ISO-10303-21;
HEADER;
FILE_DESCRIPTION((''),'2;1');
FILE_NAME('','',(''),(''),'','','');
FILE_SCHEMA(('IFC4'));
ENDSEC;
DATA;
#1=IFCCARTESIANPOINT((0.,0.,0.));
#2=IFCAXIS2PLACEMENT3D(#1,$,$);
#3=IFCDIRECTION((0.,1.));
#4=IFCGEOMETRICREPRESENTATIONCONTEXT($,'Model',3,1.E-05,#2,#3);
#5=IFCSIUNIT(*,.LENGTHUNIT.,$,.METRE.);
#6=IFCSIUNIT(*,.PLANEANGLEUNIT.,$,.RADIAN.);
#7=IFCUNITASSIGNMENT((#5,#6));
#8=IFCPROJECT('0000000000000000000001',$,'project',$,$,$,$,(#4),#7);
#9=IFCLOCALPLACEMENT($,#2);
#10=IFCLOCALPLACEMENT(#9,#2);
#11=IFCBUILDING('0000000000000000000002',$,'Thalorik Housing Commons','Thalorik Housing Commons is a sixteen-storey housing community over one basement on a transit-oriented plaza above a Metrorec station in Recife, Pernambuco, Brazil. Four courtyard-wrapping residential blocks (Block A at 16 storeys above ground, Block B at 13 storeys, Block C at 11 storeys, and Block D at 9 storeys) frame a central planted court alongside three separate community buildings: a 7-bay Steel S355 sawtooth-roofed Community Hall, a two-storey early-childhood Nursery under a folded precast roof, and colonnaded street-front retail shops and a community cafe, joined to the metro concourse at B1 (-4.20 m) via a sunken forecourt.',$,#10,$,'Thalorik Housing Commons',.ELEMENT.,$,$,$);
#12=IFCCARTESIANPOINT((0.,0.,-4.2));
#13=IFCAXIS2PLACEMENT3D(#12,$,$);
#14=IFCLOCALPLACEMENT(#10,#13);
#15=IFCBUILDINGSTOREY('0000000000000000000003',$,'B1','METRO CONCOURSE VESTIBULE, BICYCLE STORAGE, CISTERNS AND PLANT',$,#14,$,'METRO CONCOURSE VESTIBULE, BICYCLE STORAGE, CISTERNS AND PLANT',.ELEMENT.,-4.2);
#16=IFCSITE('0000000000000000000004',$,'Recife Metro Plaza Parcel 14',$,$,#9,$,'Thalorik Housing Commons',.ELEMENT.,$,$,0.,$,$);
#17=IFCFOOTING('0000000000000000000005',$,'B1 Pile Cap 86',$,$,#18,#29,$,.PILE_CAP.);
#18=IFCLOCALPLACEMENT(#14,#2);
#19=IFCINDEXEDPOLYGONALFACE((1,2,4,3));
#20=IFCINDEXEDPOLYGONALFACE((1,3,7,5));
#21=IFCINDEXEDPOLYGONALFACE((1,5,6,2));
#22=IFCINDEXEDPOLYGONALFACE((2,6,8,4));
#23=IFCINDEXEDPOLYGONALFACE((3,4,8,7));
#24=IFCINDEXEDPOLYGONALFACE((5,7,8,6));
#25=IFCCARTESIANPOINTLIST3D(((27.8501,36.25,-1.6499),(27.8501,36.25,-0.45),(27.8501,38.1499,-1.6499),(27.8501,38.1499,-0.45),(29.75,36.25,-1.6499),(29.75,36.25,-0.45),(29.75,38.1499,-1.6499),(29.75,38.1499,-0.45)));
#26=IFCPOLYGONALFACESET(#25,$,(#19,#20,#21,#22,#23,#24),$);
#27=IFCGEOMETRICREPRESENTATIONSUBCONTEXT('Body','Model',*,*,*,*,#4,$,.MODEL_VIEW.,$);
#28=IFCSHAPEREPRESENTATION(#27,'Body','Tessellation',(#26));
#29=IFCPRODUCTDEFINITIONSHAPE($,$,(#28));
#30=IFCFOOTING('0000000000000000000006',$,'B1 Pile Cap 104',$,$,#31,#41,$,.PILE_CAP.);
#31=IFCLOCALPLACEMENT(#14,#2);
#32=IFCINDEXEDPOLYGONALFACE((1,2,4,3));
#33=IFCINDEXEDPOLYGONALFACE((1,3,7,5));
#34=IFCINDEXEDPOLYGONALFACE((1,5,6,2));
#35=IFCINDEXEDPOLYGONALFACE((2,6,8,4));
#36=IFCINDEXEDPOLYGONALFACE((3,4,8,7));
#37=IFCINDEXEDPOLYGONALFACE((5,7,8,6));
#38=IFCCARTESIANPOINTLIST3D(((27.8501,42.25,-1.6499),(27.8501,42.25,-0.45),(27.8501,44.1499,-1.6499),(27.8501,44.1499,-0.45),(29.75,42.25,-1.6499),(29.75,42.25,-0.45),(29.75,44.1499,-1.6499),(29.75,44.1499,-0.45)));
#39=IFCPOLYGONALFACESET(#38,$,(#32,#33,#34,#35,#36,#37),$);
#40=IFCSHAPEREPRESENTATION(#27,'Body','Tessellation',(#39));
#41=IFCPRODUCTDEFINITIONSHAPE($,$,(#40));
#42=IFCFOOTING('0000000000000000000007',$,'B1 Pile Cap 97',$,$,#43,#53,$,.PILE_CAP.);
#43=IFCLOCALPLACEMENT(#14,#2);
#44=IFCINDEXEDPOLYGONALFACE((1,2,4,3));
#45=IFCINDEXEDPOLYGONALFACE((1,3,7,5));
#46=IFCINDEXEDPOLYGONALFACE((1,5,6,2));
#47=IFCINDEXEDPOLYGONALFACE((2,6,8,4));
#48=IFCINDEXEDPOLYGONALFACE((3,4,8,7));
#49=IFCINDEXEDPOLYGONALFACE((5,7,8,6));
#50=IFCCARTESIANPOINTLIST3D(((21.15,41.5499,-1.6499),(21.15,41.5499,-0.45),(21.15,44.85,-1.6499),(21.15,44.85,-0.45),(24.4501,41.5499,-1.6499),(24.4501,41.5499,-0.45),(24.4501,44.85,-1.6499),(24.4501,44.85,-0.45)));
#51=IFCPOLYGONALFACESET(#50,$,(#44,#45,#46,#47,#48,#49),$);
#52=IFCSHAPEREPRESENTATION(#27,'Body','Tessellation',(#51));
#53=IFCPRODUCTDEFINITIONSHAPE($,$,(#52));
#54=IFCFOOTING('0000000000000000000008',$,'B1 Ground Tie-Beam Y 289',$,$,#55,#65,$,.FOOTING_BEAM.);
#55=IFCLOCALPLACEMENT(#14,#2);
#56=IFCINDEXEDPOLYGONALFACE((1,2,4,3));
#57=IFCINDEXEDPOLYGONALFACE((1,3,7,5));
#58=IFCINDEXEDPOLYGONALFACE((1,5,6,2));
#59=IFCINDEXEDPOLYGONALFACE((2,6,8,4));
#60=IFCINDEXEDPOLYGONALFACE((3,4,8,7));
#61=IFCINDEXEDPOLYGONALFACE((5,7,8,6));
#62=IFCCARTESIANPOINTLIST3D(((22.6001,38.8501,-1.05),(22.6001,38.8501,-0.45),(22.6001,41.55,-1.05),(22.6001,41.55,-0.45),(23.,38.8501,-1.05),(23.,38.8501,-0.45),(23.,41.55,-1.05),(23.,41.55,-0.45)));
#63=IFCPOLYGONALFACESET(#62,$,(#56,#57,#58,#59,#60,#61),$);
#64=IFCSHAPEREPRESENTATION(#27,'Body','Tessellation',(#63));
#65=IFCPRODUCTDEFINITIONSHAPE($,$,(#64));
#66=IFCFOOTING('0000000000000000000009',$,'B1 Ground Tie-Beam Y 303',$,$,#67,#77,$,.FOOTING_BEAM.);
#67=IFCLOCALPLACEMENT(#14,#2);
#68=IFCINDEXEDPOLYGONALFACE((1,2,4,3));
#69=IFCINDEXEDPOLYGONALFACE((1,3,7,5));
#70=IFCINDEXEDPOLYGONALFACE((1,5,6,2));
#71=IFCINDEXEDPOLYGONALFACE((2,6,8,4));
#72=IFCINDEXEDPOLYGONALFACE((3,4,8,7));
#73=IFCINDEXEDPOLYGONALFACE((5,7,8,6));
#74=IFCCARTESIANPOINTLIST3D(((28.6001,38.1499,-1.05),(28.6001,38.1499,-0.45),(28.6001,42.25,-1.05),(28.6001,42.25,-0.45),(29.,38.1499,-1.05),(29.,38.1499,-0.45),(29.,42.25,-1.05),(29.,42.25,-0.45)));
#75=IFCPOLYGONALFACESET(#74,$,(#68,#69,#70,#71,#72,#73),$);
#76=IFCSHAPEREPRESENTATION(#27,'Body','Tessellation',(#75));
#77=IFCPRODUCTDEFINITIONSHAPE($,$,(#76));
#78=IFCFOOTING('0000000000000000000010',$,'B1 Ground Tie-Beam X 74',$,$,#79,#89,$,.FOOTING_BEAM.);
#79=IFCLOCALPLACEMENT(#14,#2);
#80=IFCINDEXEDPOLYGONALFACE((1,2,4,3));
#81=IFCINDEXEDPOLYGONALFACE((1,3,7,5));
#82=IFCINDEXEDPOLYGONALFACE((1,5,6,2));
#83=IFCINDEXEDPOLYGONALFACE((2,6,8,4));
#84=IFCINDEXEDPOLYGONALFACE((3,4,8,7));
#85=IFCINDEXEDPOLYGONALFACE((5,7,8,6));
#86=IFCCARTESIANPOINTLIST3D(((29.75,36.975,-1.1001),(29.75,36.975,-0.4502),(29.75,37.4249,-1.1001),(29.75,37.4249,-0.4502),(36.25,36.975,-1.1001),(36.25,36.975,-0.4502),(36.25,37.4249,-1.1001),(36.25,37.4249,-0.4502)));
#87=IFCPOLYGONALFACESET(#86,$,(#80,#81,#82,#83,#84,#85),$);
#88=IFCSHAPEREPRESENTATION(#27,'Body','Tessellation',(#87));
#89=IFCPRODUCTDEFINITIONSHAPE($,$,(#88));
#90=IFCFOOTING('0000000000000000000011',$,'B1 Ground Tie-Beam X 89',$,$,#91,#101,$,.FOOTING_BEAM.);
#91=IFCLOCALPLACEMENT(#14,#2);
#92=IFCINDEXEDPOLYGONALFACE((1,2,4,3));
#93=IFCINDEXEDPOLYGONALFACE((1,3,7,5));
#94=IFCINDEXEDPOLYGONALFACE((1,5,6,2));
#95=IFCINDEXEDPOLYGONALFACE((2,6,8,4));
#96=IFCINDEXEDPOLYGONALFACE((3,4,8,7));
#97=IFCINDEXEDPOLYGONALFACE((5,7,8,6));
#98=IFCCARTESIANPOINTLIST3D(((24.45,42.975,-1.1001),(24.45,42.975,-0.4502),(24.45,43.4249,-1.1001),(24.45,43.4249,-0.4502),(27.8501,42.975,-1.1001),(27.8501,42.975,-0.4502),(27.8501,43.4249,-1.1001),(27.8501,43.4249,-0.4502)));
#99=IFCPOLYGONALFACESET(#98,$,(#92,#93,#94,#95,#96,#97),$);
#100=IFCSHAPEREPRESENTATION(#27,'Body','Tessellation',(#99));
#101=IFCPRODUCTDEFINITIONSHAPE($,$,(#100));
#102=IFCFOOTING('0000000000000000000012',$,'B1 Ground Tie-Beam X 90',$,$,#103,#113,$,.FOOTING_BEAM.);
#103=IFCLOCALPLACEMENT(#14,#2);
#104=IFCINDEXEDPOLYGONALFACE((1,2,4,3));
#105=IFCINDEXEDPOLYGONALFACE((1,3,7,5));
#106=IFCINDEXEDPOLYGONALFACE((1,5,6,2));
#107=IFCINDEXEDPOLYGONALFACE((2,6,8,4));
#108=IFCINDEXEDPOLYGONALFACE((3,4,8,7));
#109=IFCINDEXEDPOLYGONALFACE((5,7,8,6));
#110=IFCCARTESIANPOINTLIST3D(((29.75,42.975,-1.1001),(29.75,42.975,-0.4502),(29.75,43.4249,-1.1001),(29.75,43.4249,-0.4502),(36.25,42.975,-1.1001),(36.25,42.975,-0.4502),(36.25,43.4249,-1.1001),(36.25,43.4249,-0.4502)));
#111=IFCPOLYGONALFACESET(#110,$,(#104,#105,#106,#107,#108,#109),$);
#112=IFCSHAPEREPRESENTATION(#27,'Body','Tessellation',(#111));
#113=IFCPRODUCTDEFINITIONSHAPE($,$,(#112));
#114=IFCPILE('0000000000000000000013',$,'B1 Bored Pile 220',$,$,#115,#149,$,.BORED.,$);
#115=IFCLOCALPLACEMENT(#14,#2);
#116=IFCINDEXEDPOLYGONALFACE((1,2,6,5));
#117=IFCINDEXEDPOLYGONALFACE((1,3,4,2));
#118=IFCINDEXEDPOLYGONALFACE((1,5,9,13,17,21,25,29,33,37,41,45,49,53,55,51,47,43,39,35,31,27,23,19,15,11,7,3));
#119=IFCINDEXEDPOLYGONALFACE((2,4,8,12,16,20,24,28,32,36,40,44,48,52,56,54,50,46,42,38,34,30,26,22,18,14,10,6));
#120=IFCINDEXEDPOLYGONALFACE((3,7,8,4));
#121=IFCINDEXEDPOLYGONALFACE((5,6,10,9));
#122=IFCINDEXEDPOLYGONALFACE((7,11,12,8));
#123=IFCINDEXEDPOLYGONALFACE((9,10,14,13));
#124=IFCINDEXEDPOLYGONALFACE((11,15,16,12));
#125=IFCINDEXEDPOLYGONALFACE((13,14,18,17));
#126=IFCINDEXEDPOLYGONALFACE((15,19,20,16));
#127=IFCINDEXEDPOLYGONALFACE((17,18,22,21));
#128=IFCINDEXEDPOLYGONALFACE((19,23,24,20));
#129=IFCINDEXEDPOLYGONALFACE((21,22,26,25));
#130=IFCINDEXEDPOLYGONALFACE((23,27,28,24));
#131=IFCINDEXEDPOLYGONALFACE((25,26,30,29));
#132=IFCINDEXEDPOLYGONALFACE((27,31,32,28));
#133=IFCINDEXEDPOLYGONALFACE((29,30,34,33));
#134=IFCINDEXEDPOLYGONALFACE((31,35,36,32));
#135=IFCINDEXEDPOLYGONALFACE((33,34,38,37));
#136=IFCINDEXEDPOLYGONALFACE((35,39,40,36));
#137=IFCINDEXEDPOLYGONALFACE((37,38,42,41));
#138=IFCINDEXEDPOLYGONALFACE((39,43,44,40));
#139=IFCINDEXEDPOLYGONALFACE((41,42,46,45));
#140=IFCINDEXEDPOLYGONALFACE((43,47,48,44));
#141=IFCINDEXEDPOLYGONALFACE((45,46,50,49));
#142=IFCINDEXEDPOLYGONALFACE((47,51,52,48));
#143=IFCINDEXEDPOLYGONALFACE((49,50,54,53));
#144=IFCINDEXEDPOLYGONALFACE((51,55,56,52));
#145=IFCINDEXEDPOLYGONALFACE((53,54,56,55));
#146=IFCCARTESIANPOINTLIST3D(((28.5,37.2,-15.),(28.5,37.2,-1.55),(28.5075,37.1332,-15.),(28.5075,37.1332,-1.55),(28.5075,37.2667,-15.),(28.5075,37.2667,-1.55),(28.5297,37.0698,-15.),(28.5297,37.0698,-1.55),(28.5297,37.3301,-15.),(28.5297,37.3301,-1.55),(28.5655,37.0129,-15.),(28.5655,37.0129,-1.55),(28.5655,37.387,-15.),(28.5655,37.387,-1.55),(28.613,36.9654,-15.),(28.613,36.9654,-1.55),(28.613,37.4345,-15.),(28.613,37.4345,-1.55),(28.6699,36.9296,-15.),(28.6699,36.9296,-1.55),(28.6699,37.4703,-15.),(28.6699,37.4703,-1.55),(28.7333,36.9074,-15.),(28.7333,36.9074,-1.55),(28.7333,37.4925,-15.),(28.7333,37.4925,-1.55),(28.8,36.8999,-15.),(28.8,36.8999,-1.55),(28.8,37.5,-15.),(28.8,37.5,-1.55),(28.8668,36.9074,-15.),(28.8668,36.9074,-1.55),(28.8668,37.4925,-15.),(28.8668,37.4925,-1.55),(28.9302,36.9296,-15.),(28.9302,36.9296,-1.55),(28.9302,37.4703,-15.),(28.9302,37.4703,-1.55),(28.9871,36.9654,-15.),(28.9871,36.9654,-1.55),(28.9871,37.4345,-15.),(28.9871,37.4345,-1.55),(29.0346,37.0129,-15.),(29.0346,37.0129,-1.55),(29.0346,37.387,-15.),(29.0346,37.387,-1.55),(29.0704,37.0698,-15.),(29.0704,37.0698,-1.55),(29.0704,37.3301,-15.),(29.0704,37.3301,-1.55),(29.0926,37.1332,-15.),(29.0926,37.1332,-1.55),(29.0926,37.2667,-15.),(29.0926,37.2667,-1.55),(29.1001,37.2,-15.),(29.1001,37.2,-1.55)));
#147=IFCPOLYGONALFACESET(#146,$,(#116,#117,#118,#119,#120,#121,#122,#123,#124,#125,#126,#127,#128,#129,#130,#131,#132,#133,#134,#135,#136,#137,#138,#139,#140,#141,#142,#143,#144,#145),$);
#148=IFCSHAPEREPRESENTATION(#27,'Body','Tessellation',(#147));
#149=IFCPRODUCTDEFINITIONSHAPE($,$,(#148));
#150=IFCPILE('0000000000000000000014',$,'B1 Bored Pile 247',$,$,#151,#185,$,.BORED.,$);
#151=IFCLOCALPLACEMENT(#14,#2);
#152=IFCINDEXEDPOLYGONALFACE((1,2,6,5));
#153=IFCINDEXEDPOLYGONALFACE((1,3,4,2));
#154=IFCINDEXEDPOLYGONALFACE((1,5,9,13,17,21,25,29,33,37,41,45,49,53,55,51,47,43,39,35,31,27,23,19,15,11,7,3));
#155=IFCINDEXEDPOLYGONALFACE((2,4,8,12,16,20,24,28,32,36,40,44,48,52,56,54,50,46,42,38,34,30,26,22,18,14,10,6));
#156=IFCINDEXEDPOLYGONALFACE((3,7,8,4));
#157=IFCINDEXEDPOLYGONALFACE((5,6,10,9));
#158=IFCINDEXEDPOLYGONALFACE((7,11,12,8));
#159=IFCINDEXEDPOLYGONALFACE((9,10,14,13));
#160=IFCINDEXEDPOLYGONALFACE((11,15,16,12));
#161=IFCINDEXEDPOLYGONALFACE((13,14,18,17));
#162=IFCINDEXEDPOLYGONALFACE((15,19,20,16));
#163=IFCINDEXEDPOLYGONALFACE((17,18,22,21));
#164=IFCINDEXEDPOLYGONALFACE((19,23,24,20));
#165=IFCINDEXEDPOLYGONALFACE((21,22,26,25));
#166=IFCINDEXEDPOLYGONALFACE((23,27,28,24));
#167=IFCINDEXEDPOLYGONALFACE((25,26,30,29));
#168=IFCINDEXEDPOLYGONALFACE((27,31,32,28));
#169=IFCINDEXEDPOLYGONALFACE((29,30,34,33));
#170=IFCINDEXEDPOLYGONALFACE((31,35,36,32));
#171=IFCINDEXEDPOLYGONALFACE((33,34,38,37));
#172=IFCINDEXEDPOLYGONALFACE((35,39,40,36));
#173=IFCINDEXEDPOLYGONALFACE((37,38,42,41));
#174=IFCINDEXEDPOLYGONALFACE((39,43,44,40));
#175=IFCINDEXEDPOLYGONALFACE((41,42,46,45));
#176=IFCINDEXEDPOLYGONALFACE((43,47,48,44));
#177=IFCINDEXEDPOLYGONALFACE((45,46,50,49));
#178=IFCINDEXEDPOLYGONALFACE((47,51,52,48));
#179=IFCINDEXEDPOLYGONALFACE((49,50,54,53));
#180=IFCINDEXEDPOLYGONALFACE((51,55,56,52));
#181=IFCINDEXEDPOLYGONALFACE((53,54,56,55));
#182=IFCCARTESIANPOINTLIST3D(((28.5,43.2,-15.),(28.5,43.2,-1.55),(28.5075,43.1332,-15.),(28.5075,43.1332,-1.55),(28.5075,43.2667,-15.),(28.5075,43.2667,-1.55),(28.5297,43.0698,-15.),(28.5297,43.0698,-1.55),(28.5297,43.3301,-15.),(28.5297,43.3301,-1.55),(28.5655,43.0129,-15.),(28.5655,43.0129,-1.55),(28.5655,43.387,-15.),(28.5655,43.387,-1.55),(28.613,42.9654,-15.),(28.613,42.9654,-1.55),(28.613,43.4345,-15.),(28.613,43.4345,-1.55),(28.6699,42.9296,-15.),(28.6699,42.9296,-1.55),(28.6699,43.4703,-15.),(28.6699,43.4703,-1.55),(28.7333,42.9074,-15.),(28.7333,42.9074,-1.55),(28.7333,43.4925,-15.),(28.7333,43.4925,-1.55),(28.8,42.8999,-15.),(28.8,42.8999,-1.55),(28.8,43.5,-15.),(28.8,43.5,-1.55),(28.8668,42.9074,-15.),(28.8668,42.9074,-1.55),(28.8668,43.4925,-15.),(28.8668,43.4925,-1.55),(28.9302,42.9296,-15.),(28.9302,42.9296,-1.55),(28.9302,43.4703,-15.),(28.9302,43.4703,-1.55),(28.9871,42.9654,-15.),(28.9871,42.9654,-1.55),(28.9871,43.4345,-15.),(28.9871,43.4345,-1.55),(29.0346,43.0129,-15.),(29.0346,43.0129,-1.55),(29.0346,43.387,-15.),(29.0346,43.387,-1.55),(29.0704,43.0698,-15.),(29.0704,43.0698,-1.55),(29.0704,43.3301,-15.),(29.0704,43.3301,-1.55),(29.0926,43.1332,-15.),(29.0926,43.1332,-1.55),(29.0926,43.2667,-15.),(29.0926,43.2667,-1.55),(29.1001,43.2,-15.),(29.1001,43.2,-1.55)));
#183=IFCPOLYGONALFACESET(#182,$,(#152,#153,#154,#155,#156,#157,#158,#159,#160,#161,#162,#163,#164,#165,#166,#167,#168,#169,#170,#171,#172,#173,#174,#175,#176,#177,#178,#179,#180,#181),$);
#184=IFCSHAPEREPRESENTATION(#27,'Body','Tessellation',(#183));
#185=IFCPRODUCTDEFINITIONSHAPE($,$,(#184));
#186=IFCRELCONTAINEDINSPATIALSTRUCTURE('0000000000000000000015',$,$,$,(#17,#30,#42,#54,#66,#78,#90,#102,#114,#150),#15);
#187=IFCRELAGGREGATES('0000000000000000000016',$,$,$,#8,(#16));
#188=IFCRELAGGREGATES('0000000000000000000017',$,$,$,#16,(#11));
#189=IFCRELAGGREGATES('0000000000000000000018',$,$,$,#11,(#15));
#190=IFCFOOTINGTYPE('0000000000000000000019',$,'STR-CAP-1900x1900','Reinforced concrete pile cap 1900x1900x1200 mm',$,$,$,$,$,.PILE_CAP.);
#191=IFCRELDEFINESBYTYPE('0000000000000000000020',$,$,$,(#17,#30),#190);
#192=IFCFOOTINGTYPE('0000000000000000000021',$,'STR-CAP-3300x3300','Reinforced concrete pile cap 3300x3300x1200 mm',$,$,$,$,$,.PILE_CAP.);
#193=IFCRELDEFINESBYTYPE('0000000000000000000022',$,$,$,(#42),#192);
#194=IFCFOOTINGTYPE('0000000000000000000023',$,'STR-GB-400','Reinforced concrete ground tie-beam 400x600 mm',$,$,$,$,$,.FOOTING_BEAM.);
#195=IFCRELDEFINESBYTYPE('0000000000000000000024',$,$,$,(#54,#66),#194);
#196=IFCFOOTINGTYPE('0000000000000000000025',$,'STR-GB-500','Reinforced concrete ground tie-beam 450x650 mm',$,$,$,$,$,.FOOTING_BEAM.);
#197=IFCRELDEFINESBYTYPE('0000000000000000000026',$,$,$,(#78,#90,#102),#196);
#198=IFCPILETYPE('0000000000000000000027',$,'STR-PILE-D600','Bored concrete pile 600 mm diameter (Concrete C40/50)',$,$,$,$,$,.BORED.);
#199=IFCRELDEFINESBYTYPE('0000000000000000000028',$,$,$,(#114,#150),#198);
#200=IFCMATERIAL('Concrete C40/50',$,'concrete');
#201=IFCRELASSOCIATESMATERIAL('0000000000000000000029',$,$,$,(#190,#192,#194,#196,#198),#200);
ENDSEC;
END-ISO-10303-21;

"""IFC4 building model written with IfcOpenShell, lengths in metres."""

from ifc_helpers import new_model, si_unit, direction, frame, origin, origin_2d, place, context, subcontext, project, spatial, rectangle, circle, extrude, material, material_profile, profile_set, type_object, element, save


model = new_model("IFC4")

# Units and contexts
model_context = context("Model", 3, precision=1e-05, world=origin(), true_north=direction((0.0, 1.0)))
body_context = subcontext(model_context, "Body", "Model", "MODEL_VIEW")
ifc_project = project(units=[si_unit("LENGTHUNIT", "METRE"), si_unit("PLANEANGLEUNIT", "RADIAN")], contexts=[model_context])

# Site, building, storey
site_placement = place(None, origin())
site = spatial("IfcSite", under=ifc_project, at=site_placement, Name="Recife Metro Plaza Parcel 14", LongName="Thalorik Housing Commons", CompositionType="ELEMENT", RefElevation=0.0)
building_placement = place(site_placement, origin())
building = spatial("IfcBuilding", under=site, at=building_placement, Name="Thalorik Housing Commons", Description="Thalorik Housing Commons is a sixteen-storey housing community over one basement on a transit-oriented plaza above a Metrorec station in Recife, Pernambuco, Brazil. Four courtyard-wrapping residential blocks (Block A at 16 storeys above ground, Block B at 13 storeys, Block C at 11 storeys, and Block D at 9 storeys) frame a central planted court alongside three separate community buildings: a 7-bay Steel S355 sawtooth-roofed Community Hall, a two-storey early-childhood Nursery under a folded precast roof, and colonnaded street-front retail shops and a community cafe, joined to the metro concourse at B1 (-4.20 m) via a sunken forecourt.", LongName="Thalorik Housing Commons", CompositionType="ELEMENT")
storey_placement = place(building_placement, frame((0.0, 0.0, -4.2)))
storey = spatial("IfcBuildingStorey", under=building, at=storey_placement, Name="B1", Description="METRO CONCOURSE VESTIBULE, BICYCLE STORAGE, CISTERNS AND PLANT", LongName="METRO CONCOURSE VESTIBULE, BICYCLE STORAGE, CISTERNS AND PLANT", CompositionType="ELEMENT", Elevation=-4.2)

# Footings
ifc_material_1 = material(Name="Concrete C40/50", Category="concrete")
footing_type_1 = type_object("IfcFootingType", Name="STR-CAP-1900x1900", Description="Reinforced concrete pile cap 1900x1900x1200 mm", PredefinedType="PILE_CAP", material=ifc_material_1)
for number, where, z_axis, x_axis, name in (
    (1, (28.8, 37.2, -1.6499), (0.0, 0.0, 1.0), (1.0, 0.0, 0.0), "B1 Pile Cap 86"),
    (2, (28.8, 43.2, -1.6499), (0.0, 0.0, 1.0), (1.0, 0.0, 0.0), "B1 Pile Cap 104"),
):
    element("IfcFooting", number, at=place(storey_placement, frame(where, z_axis=z_axis, x_axis=x_axis)), inside=storey, type_object=footing_type_1, Name=name, PredefinedType="PILE_CAP", context=body_context, shape_type="SweptSolid", body=[
        extrude(rectangle(XDim=1.8999, YDim=1.8999, at=origin_2d()), origin(), (0.0, 0.0, 1.0), 1.2),
    ])
footing_type_2 = type_object("IfcFootingType", Name="STR-CAP-3300x3300", Description="Reinforced concrete pile cap 3300x3300x1200 mm", PredefinedType="PILE_CAP", material=ifc_material_1)
footing_1_placement = place(storey_placement, frame((22.8, 43.2, -1.6499), z_axis=(0.0, 0.0, 1.0), x_axis=(1.0, 0.0, 0.0)))
element("IfcFooting", 3, at=footing_1_placement, inside=storey, type_object=footing_type_2, Name="B1 Pile Cap 97", PredefinedType="PILE_CAP", context=body_context, shape_type="SweptSolid", body=[
    extrude(rectangle(XDim=3.3, YDim=3.3, at=origin_2d()), origin(), (0.0, 0.0, 1.0), 1.2),
])
ifc_material_profile_1 = material_profile(ifc_material_1, rectangle(XDim=0.3999, YDim=0.6001, at=origin_2d()), Name="RC 400x600", Category="concrete")
ifc_profile_set_1 = profile_set([ifc_material_profile_1], Name="Concrete C40/50")
footing_type_3 = type_object("IfcFootingType", Name="STR-GB-400", Description="Reinforced concrete ground tie-beam 400x600 mm", PredefinedType="FOOTING_BEAM", material=ifc_profile_set_1)
footing_2_placement = place(storey_placement, frame((22.8, 38.8501, -0.75), z_axis=(0.0, 1.0, 0.0), x_axis=(-1.0, 0.0, 0.0)))
element("IfcFooting", 4, at=footing_2_placement, inside=storey, type_object=footing_type_3, Name="B1 Ground Tie-Beam Y 289", PredefinedType="FOOTING_BEAM", context=body_context, shape_type="SweptSolid", body=[
    extrude(rectangle(XDim=0.3999, YDim=0.6001, at=origin_2d()), origin(), (0.0, 0.0, 1.0), 2.7),
])
footing_3_placement = place(storey_placement, frame((28.8, 38.1499, -0.75), z_axis=(0.0, 1.0, 0.0), x_axis=(-1.0, 0.0, 0.0)))
element("IfcFooting", 5, at=footing_3_placement, inside=storey, type_object=footing_type_3, Name="B1 Ground Tie-Beam Y 303", PredefinedType="FOOTING_BEAM", context=body_context, shape_type="SweptSolid", body=[
    extrude(rectangle(XDim=0.3999, YDim=0.6001, at=origin_2d()), origin(), (0.0, 0.0, 1.0), 4.1001),
])
ifc_material_profile_2 = material_profile(ifc_material_1, rectangle(XDim=0.45, YDim=0.6499, at=origin_2d()), Name="RC 450x650", Category="concrete")
ifc_profile_set_2 = profile_set([ifc_material_profile_2], Name="Concrete C40/50")
footing_type_4 = type_object("IfcFootingType", Name="STR-GB-500", Description="Reinforced concrete ground tie-beam 450x650 mm", PredefinedType="FOOTING_BEAM", material=ifc_profile_set_2)
footing_4_placement = place(storey_placement, frame((29.75, 37.2, -0.7751), z_axis=(1.0, 0.0, 0.0), x_axis=(0.0, 1.0, 0.0)))
element("IfcFooting", 6, at=footing_4_placement, inside=storey, type_object=footing_type_4, Name="B1 Ground Tie-Beam X 74", PredefinedType="FOOTING_BEAM", context=body_context, shape_type="SweptSolid", body=[
    extrude(rectangle(XDim=0.45, YDim=0.6499, at=origin_2d()), origin(), (0.0, 0.0, 1.0), 6.5),
])
footing_5_placement = place(storey_placement, frame((24.45, 43.2, -0.7751), z_axis=(1.0, 0.0, 0.0), x_axis=(0.0, 1.0, 0.0)))
element("IfcFooting", 7, at=footing_5_placement, inside=storey, type_object=footing_type_4, Name="B1 Ground Tie-Beam X 89", PredefinedType="FOOTING_BEAM", context=body_context, shape_type="SweptSolid", body=[
    extrude(rectangle(XDim=0.45, YDim=0.6499, at=origin_2d()), origin(), (0.0, 0.0, 1.0), 3.4001),
])
footing_6_placement = place(storey_placement, frame((29.75, 43.2, -0.7751), z_axis=(1.0, 0.0, 0.0), x_axis=(0.0, 1.0, 0.0)))
element("IfcFooting", 8, at=footing_6_placement, inside=storey, type_object=footing_type_4, Name="B1 Ground Tie-Beam X 90", PredefinedType="FOOTING_BEAM", context=body_context, shape_type="SweptSolid", body=[
    extrude(rectangle(XDim=0.45, YDim=0.6499, at=origin_2d()), origin(), (0.0, 0.0, 1.0), 6.5),
])

# Piles
ifc_material_profile_3 = material_profile(ifc_material_1, circle(Radius=0.3, at=origin_2d()), Name="BORED PILE D600", Category="concrete")
ifc_profile_set_3 = profile_set([ifc_material_profile_3], Name="Concrete C40/50")
pile_type_1 = type_object("IfcPileType", Name="STR-PILE-D600", Description="Bored concrete pile 600 mm diameter (Concrete C40/50)", PredefinedType="BORED", material=ifc_profile_set_3)
for number, where, z_axis, x_axis, name in (
    (9, (28.8, 37.2, -1.55), (0.0, 0.0, -1.0), (1.0, 0.0, 0.0), "B1 Bored Pile 220"),
    (10, (28.8, 43.2, -1.55), (0.0, 0.0, -1.0), (1.0, 0.0, 0.0), "B1 Bored Pile 247"),
):
    element("IfcPile", number, at=place(storey_placement, frame(where, z_axis=z_axis, x_axis=x_axis)), inside=storey, type_object=pile_type_1, Name=name, PredefinedType="BORED", context=body_context, shape_type="SweptSolid", body=[
        extrude(circle(Radius=0.3, at=origin_2d()), origin(), (0.0, 0.0, 1.0), 13.45),
    ])

save(model, "model.ifc")
